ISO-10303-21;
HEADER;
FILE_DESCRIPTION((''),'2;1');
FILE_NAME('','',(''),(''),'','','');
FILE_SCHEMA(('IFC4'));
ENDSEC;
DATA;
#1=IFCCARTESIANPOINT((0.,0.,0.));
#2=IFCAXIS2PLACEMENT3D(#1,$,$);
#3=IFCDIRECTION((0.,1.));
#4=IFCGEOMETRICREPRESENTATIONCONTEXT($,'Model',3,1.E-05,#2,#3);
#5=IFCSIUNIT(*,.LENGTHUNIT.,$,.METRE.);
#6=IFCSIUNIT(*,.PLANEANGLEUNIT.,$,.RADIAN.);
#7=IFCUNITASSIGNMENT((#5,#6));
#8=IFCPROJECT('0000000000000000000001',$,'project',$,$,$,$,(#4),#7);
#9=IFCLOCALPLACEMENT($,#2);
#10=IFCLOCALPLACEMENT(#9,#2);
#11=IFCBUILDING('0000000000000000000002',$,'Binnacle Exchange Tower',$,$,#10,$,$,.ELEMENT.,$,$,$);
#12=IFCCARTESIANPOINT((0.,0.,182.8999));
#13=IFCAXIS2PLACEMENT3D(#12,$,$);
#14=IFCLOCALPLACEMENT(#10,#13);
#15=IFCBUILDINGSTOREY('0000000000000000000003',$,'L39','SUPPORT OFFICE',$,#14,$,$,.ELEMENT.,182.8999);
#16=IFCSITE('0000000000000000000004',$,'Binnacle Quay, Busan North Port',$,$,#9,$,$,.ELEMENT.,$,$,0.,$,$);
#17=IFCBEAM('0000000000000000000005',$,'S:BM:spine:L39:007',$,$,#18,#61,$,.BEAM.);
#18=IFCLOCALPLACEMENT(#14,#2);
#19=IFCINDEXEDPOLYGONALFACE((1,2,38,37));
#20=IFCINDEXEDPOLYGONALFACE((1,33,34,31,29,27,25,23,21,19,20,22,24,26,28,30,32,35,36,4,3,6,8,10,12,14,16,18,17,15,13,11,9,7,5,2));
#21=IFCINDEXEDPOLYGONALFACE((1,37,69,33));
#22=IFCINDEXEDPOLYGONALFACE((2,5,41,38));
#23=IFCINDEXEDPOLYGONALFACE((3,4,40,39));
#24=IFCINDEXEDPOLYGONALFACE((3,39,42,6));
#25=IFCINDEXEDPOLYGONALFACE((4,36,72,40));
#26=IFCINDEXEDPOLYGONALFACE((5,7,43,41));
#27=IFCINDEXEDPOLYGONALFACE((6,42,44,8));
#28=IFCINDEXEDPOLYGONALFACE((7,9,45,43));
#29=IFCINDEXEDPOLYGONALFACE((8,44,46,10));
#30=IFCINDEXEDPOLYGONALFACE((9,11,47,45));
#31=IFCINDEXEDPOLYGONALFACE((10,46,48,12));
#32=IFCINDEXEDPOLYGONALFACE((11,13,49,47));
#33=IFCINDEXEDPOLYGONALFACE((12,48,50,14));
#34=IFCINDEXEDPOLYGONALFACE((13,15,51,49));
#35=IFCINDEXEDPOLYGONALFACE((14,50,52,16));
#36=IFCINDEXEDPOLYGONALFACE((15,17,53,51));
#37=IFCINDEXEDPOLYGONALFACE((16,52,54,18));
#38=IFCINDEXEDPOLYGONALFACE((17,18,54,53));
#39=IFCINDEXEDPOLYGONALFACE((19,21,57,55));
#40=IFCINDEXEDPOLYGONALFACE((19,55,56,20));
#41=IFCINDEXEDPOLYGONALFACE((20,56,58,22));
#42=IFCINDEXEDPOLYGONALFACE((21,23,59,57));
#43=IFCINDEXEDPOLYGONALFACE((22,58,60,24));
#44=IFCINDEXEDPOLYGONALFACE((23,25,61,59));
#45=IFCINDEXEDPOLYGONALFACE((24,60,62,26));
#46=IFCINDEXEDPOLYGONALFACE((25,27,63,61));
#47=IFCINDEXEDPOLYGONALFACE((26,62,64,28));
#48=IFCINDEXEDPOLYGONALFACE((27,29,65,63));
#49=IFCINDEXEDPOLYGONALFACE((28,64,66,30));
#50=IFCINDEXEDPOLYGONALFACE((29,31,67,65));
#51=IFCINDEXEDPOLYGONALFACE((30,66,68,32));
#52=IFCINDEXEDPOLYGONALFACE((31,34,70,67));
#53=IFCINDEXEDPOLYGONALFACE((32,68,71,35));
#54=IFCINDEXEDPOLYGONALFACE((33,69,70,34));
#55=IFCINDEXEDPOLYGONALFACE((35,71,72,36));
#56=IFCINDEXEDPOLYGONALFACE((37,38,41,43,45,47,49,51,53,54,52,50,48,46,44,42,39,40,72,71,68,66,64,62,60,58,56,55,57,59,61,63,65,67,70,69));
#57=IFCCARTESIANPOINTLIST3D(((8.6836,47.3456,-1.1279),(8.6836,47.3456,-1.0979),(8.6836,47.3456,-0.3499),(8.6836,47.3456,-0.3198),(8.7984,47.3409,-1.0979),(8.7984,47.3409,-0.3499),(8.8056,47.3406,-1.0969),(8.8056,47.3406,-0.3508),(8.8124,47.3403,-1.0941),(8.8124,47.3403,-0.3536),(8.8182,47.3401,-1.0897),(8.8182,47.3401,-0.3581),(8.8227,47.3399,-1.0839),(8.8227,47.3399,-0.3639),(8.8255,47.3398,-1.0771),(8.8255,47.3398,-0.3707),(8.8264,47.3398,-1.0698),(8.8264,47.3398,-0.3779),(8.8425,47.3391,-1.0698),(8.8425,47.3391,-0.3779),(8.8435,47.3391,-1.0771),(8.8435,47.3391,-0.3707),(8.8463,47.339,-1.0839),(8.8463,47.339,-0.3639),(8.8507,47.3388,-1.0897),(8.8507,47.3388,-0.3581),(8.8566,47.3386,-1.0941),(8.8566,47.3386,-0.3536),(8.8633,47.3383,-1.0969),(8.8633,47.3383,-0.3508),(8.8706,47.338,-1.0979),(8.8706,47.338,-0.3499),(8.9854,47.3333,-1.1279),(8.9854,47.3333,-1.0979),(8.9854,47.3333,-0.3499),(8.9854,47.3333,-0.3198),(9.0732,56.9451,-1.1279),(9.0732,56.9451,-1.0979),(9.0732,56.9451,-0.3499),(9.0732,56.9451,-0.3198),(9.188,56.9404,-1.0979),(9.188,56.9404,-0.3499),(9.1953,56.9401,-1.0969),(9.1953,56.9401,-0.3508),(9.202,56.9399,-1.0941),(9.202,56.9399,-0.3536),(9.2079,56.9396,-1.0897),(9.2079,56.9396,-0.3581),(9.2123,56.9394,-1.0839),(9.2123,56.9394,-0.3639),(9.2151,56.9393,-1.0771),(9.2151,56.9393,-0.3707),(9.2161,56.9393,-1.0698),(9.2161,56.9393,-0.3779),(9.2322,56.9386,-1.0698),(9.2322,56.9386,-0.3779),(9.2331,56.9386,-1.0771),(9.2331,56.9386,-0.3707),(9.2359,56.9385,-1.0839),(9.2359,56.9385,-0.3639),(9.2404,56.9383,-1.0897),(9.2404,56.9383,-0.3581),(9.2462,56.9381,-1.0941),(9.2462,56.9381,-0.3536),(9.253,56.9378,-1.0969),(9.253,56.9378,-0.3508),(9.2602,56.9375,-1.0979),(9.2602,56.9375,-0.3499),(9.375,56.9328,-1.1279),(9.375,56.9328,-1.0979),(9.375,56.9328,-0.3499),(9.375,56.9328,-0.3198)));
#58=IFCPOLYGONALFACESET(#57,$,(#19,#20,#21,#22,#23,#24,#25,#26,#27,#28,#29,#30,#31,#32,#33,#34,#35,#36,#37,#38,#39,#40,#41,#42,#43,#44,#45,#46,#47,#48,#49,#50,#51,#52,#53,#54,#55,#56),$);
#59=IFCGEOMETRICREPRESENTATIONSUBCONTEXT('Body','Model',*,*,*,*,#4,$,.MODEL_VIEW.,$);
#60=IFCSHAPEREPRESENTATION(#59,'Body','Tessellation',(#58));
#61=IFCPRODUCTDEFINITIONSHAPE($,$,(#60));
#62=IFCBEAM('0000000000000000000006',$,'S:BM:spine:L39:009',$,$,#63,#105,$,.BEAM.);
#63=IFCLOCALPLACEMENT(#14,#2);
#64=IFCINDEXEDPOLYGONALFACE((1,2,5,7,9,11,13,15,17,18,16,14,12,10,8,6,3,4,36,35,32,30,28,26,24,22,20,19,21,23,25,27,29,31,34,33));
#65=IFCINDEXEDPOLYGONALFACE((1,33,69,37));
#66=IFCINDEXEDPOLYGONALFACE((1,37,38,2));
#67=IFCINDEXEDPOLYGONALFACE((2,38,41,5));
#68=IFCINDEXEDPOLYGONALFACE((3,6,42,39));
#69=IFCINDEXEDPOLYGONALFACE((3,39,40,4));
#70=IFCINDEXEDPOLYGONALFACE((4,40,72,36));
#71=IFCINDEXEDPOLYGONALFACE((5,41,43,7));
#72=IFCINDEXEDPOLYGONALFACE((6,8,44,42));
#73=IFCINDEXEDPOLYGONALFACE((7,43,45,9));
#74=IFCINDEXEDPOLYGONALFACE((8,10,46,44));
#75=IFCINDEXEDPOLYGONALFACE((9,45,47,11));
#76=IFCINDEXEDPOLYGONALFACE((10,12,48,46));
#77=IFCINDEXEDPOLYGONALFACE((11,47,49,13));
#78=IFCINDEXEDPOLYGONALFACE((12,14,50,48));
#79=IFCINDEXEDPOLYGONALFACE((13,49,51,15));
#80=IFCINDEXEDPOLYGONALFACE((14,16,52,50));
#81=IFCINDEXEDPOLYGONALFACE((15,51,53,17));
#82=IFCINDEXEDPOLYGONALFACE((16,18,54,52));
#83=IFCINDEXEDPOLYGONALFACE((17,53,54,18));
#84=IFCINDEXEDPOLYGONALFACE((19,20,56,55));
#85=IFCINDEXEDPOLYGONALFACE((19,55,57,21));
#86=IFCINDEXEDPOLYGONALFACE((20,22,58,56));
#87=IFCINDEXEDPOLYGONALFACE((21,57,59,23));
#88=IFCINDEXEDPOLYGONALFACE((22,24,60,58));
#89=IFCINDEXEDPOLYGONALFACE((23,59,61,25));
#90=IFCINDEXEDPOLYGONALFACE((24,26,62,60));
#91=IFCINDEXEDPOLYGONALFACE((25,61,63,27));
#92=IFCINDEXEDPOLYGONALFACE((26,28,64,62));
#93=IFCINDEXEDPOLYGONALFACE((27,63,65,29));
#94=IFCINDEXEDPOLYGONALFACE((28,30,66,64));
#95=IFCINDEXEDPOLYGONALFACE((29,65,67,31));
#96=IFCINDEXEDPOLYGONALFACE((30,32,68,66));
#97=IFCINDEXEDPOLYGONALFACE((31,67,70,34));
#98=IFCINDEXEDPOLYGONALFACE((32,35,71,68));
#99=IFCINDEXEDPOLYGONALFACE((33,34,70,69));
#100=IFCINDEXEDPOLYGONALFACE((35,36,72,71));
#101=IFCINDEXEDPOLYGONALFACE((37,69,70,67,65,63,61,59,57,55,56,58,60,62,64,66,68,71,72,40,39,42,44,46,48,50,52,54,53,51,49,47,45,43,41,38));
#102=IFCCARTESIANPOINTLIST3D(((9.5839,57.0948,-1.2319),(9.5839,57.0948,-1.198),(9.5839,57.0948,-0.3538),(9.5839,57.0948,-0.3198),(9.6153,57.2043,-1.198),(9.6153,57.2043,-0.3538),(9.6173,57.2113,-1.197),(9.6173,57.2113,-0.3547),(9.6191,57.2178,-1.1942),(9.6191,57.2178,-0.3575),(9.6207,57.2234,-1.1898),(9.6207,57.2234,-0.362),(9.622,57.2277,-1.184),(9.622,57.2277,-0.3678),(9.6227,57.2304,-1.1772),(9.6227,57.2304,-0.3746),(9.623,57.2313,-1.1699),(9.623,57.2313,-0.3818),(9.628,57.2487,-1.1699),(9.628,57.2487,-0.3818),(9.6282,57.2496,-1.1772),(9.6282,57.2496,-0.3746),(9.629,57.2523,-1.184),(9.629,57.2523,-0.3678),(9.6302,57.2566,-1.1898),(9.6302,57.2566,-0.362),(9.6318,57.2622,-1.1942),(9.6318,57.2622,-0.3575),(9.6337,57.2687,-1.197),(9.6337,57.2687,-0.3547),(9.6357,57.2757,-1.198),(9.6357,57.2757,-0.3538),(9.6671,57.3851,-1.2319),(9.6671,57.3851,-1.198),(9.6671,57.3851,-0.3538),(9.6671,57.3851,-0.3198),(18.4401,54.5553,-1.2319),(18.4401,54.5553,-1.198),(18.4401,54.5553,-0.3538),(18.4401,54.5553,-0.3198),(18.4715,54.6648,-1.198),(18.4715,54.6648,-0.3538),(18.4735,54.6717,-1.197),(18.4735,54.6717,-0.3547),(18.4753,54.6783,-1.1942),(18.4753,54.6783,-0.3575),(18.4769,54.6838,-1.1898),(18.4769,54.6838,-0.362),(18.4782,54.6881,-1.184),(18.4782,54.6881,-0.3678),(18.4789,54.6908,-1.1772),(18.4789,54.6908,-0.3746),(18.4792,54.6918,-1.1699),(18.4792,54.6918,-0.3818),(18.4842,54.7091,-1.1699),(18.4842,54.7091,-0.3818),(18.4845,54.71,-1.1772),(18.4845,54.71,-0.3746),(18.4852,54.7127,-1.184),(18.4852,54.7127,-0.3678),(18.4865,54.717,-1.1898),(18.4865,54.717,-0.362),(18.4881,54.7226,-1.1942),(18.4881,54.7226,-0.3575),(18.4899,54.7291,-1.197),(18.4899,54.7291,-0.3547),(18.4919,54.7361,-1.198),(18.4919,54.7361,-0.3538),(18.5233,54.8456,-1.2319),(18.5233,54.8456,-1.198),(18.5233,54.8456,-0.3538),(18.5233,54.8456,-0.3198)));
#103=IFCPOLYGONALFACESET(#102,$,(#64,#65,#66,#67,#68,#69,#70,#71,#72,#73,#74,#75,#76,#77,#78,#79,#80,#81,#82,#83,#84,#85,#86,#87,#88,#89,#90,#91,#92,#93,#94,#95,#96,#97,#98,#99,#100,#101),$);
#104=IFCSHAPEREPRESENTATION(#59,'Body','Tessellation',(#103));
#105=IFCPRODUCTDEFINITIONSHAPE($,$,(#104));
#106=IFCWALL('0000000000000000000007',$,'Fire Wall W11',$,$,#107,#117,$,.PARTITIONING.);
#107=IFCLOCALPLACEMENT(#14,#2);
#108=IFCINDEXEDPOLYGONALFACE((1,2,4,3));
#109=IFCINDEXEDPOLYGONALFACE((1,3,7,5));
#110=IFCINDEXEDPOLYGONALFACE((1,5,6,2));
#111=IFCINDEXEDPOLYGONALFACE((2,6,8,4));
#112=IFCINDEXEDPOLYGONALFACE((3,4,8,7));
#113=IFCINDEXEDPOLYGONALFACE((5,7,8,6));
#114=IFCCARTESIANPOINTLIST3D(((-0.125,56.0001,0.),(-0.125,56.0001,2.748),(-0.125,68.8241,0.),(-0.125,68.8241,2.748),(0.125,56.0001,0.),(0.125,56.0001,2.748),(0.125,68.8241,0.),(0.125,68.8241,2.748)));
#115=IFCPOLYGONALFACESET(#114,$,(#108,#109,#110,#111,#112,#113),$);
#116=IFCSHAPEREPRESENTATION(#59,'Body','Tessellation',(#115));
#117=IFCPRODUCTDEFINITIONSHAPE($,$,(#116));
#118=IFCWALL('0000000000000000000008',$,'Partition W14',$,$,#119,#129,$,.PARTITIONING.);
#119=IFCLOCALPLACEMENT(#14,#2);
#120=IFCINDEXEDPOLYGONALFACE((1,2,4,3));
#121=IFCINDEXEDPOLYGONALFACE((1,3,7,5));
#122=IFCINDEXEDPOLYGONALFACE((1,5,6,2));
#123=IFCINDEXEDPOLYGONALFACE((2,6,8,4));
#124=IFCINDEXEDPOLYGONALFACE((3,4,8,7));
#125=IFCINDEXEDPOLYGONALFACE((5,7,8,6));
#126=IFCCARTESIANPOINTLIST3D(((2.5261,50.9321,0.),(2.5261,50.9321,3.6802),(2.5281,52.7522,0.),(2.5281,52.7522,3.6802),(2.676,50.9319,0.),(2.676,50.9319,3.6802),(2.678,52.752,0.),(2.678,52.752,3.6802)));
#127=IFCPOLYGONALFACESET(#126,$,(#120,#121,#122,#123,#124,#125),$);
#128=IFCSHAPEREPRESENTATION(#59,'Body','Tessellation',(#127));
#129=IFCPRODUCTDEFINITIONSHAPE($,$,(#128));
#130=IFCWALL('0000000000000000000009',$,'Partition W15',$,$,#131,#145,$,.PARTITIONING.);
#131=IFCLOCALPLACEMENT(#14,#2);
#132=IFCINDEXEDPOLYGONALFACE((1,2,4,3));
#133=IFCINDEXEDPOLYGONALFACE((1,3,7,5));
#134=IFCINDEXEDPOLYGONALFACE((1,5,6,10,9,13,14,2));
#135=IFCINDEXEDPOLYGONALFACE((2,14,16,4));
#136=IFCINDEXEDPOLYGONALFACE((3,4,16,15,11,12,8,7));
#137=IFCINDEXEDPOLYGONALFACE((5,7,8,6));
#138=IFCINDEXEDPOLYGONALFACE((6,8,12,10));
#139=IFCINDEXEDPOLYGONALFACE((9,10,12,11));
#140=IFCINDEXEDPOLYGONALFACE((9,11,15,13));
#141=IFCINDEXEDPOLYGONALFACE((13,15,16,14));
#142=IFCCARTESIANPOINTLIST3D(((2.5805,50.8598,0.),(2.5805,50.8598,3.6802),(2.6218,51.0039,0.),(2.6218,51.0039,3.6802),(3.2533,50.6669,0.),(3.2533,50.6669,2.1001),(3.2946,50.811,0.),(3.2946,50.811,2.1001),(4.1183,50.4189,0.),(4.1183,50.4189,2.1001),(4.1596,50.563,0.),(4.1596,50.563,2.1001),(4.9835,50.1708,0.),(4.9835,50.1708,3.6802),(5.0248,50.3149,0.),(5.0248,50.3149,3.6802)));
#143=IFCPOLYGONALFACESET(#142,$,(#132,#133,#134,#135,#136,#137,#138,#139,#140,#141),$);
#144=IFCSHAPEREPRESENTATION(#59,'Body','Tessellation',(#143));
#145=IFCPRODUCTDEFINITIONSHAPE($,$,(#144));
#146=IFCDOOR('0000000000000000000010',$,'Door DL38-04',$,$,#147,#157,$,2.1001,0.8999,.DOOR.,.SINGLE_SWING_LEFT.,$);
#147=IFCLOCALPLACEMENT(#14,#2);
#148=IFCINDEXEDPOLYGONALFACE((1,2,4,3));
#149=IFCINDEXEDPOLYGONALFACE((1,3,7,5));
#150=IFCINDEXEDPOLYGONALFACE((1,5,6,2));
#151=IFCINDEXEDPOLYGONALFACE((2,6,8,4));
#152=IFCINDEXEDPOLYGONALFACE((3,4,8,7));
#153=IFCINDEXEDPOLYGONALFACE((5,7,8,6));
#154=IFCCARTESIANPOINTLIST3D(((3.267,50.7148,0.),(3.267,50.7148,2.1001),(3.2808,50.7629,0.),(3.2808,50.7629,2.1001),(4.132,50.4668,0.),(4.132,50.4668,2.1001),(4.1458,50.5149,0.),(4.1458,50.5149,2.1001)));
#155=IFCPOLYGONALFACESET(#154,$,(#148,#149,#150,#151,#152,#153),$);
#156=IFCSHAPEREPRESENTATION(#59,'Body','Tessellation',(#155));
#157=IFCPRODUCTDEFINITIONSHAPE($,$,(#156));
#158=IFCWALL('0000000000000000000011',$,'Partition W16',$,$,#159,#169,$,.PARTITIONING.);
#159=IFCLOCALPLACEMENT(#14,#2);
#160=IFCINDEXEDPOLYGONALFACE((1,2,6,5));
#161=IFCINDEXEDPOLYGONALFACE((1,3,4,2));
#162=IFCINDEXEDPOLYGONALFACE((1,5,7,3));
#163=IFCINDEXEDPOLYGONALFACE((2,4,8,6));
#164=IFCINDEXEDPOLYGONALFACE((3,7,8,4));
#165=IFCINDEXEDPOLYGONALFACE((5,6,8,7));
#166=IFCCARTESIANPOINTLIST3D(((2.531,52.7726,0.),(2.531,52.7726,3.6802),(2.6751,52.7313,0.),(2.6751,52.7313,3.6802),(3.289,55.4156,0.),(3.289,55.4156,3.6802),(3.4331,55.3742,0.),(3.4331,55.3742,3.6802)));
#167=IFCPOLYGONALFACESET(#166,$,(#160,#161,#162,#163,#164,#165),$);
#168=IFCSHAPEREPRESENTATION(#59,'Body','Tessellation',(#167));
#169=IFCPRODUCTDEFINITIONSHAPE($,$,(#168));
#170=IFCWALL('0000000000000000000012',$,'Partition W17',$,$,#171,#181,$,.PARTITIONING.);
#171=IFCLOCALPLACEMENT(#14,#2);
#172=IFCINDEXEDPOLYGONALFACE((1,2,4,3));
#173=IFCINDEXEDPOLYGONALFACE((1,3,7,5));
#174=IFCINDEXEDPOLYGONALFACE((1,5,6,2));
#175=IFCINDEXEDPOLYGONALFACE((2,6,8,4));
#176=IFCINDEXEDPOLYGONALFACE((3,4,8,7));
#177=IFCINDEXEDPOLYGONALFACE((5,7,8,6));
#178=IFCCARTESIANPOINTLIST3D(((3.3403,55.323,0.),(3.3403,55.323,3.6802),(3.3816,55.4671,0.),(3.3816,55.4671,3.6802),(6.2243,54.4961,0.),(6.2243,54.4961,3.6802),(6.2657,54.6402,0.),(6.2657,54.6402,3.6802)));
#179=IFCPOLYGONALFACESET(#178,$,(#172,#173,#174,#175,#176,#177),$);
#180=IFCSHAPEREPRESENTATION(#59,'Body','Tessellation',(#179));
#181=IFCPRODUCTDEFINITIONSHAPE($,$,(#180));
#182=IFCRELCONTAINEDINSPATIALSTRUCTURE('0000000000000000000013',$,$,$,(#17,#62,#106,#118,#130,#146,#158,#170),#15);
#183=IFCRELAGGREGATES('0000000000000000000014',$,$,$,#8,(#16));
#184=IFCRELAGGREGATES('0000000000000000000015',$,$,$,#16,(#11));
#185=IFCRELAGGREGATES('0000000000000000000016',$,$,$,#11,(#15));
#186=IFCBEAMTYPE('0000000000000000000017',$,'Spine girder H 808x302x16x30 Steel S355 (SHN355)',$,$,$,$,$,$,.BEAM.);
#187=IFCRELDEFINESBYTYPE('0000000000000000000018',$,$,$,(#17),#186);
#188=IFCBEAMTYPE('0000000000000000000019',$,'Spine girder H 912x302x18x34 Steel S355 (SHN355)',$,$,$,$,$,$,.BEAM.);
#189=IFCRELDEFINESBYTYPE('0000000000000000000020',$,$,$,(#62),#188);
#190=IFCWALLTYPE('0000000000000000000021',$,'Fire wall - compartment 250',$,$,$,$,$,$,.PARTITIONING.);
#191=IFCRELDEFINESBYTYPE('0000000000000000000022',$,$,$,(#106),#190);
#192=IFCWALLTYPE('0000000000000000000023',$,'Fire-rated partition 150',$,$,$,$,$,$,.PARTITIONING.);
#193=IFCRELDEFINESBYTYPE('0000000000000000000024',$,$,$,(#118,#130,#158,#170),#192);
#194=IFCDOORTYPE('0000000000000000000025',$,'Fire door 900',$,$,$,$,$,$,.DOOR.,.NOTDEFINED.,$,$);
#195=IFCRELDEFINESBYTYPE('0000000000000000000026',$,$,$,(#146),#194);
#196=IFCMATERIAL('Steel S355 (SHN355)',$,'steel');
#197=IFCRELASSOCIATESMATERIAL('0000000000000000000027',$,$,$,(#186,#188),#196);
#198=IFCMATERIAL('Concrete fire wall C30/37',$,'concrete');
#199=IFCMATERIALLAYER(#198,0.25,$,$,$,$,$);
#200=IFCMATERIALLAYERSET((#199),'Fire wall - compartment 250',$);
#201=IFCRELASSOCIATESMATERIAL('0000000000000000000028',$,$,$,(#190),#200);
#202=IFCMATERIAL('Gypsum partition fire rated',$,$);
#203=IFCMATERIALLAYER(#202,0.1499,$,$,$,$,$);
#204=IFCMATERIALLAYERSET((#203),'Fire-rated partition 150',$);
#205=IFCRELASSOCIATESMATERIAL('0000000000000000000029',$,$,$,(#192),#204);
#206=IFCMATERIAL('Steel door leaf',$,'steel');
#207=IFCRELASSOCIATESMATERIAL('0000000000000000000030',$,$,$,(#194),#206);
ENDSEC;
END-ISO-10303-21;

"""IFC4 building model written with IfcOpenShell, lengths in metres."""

from ifc_helpers import new_model, si_unit, direction, frame, frame_2d, origin, origin_2d, place, context, subcontext, project, spatial, rectangle, i_section, extrude, material, layer, layer_set, material_profile, profile_set, type_object, element, fill, save


model = new_model("IFC4")

# Units and contexts
model_context = context("Model", 3, precision=1e-05, world=origin(), true_north=direction((0.0, 1.0)))
body_context = subcontext(model_context, "Body", "Model", "MODEL_VIEW")
ifc_project = project(units=[si_unit("LENGTHUNIT", "METRE"), si_unit("PLANEANGLEUNIT", "RADIAN")], contexts=[model_context])

# Site, building, storey
site_placement = place(None, origin())
site = spatial("IfcSite", under=ifc_project, at=site_placement, Name="Binnacle Quay, Busan North Port", CompositionType="ELEMENT", RefElevation=0.0)
building_placement = place(site_placement, origin())
building = spatial("IfcBuilding", under=site, at=building_placement, Name="Binnacle Exchange Tower", CompositionType="ELEMENT")
storey_placement = place(building_placement, frame((0.0, 0.0, 182.8999)))
storey = spatial("IfcBuildingStorey", under=building, at=storey_placement, Name="L39", Description="SUPPORT OFFICE", CompositionType="ELEMENT", Elevation=182.8999)

# Beams
ifc_material_1 = material(Name="Steel S355 (SHN355)", Category="steel")
ifc_material_profile_1 = material_profile(ifc_material_1, i_section(OverallWidth=0.302, OverallDepth=0.8081, WebThickness=0.0161, FlangeThickness=0.03, FilletRadius=0.0281, at=origin_2d()), Name="H 808x302x16x30")
ifc_profile_set_1 = profile_set([ifc_material_profile_1], Name="Steel S355 (SHN355)")
beam_type_1 = type_object("IfcBeamType", Name="Spine girder H 808x302x16x30 Steel S355 (SHN355)", PredefinedType="BEAM", material=ifc_profile_set_1)
beam_1_placement = place(storey_placement, frame((9.2241, 56.939, -0.7239), z_axis=(-0.040557, -0.999177, 0.0), x_axis=(0.999177, -0.040557, 0.0)))
element("IfcBeam", 1, at=beam_1_placement, inside=storey, type_object=beam_type_1, Name="S:BM:spine:L39:007", PredefinedType="BEAM", context=body_context, shape_type="SweptSolid", body=[
    extrude(i_section(OverallWidth=0.302, OverallDepth=0.8081, WebThickness=0.0161, FlangeThickness=0.03, FilletRadius=0.0281, at=origin_2d()), origin(), (0.0, 0.0, 1.0), 9.6074),
])
ifc_material_profile_2 = material_profile(ifc_material_1, i_section(OverallWidth=0.302, OverallDepth=0.9121, WebThickness=0.0181, FlangeThickness=0.0339, FilletRadius=0.0281, at=origin_2d()), Name="H 912x302x18x34")
ifc_profile_set_2 = profile_set([ifc_material_profile_2], Name="Steel S355 (SHN355)")
beam_type_2 = type_object("IfcBeamType", Name="Spine girder H 912x302x18x34 Steel S355 (SHN355)", PredefinedType="BEAM", material=ifc_profile_set_2)
beam_2_placement = place(storey_placement, frame((9.6255, 57.24, -0.7759), z_axis=(0.96126, -0.275645, 0.0), x_axis=(0.275645, 0.96126, 0.0)))
element("IfcBeam", 2, at=beam_2_placement, inside=storey, type_object=beam_type_2, Name="S:BM:spine:L39:009", PredefinedType="BEAM", context=body_context, shape_type="SweptSolid", body=[
    extrude(i_section(OverallWidth=0.302, OverallDepth=0.9121, WebThickness=0.0181, FlangeThickness=0.0339, FilletRadius=0.0281, at=origin_2d()), origin(), (0.0, 0.0, 1.0), 9.2131),
])

# Walls
ifc_material_2 = material(Name="Concrete fire wall C30/37", Category="concrete")
ifc_layer_1 = layer(ifc_material_2, 0.25)
ifc_layer_set_1 = layer_set([ifc_layer_1], Name="Fire wall - compartment 250")
wall_type_1 = type_object("IfcWallType", Name="Fire wall - compartment 250", PredefinedType="PARTITIONING", material=ifc_layer_set_1)
wall_1_placement = place(storey_placement, frame((0.0, 56.0, 0.0), z_axis=(0.0, 0.0, 1.0), x_axis=(0.0, 1.0, 0.0)))
element("IfcWall", 3, at=wall_1_placement, inside=storey, type_object=wall_type_1, Name="Fire Wall W11", PredefinedType="PARTITIONING", context=body_context, shape_type="SweptSolid", body=[
    extrude(rectangle(XDim=12.824, YDim=0.25, at=frame_2d((6.4121, 0.0))), origin(), (0.0, 0.0, 1.0), 2.748),
])
ifc_material_3 = material(Name="Gypsum partition fire rated")
ifc_layer_2 = layer(ifc_material_3, 0.1499)
ifc_layer_set_2 = layer_set([ifc_layer_2], Name="Fire-rated partition 150")
wall_type_2 = type_object("IfcWallType", Name="Fire-rated partition 150", PredefinedType="PARTITIONING", material=ifc_layer_set_2)
wall_2_placement = place(storey_placement, frame((2.6011, 50.9319, 0.0), z_axis=(0.0, 0.0, 1.0), x_axis=(0.001073, 0.999999, 0.0)))
element("IfcWall", 4, at=wall_2_placement, inside=storey, type_object=wall_type_2, Name="Partition W14", PredefinedType="PARTITIONING", context=body_context, shape_type="SweptSolid", body=[
    extrude(rectangle(XDim=1.8201, YDim=0.1499, at=frame_2d((0.9102, 0.0))), origin(), (0.0, 0.0, 1.0), 3.6802),
])

# Wall, opening, door
wall_3_placement = place(storey_placement, frame((2.6011, 50.9319, 0.0), z_axis=(0.0, 0.0, 1.0), x_axis=(0.961266, -0.275624, 0.0)))
wall_3 = element("IfcWall", 5, at=wall_3_placement, inside=storey, type_object=wall_type_2, Name="Partition W15", PredefinedType="PARTITIONING", context=body_context, shape_type="SweptSolid", body=[
    extrude(rectangle(XDim=2.4998, YDim=0.1499, at=frame_2d((1.25, 0.0))), origin(), (0.0, 0.0, 1.0), 3.6802),
])
opening_1_placement = place(wall_3_placement, frame((0.7, 0.0, 0.0)))
opening_1 = element("IfcOpeningElement", 6, at=opening_1_placement, cuts=wall_3, PredefinedType="OPENING", context=body_context, shape_type="SweptSolid", body=[
    extrude(rectangle(XDim=0.8999, YDim=2.1001, at=frame_2d((0.45, 1.05))), frame((0.0, 0.085, 0.0), z_axis=(0.0, -1.0, 0.0), x_axis=(1.0, 0.0, 0.0)), (0.0, 0.0, 1.0), 0.1699),
])
ifc_material_4 = material(Name="Steel door leaf", Category="steel")
door_type_1 = type_object("IfcDoorType", Name="Fire door 900", OperationType="NOTDEFINED", PredefinedType="DOOR", material=ifc_material_4)
door_1_placement = place(opening_1_placement, origin())
door_1 = element("IfcDoor", 7, at=door_1_placement, inside=storey, type_object=door_type_1, Name="Door DL38-04", OperationType="SINGLE_SWING_LEFT", OverallHeight=2.1001, OverallWidth=0.8999, PredefinedType="DOOR", context=body_context, shape_type="SweptSolid", body=[
    extrude(rectangle(XDim=0.8999, YDim=2.1001, at=frame_2d((0.45, 1.05))), frame((0.0, 0.0249, 0.0), z_axis=(0.0, -1.0, 0.0), x_axis=(1.0, 0.0, 0.0)), (0.0, 0.0, 1.0), 0.05),
])
fill(opening_1, door_1)

# Walls
wall_4_placement = place(storey_placement, frame((2.603, 52.752, 0.0), z_axis=(0.0, 0.0, 1.0), x_axis=(0.275694, 0.961245, 0.0)))
element("IfcWall", 8, at=wall_4_placement, inside=storey, type_object=wall_type_2, Name="Partition W16", PredefinedType="PARTITIONING", context=body_context, shape_type="SweptSolid", body=[
    extrude(rectangle(XDim=2.7495, YDim=0.1499, at=frame_2d((1.3748, 0.0))), origin(), (0.0, 0.0, 1.0), 3.6802),
])
wall_5_placement = place(storey_placement, frame((3.3611, 55.395, 0.0), z_axis=(0.0, 0.0, 1.0), x_axis=(0.961269, -0.275613, 0.0)))
element("IfcWall", 9, at=wall_5_placement, inside=storey, type_object=wall_type_2, Name="Partition W17", PredefinedType="PARTITIONING", context=body_context, shape_type="SweptSolid", body=[
    extrude(rectangle(XDim=3.0002, YDim=0.1499, at=frame_2d((1.5, 0.0))), origin(), (0.0, 0.0, 1.0), 3.6802),
])

save(model, "model.ifc")
